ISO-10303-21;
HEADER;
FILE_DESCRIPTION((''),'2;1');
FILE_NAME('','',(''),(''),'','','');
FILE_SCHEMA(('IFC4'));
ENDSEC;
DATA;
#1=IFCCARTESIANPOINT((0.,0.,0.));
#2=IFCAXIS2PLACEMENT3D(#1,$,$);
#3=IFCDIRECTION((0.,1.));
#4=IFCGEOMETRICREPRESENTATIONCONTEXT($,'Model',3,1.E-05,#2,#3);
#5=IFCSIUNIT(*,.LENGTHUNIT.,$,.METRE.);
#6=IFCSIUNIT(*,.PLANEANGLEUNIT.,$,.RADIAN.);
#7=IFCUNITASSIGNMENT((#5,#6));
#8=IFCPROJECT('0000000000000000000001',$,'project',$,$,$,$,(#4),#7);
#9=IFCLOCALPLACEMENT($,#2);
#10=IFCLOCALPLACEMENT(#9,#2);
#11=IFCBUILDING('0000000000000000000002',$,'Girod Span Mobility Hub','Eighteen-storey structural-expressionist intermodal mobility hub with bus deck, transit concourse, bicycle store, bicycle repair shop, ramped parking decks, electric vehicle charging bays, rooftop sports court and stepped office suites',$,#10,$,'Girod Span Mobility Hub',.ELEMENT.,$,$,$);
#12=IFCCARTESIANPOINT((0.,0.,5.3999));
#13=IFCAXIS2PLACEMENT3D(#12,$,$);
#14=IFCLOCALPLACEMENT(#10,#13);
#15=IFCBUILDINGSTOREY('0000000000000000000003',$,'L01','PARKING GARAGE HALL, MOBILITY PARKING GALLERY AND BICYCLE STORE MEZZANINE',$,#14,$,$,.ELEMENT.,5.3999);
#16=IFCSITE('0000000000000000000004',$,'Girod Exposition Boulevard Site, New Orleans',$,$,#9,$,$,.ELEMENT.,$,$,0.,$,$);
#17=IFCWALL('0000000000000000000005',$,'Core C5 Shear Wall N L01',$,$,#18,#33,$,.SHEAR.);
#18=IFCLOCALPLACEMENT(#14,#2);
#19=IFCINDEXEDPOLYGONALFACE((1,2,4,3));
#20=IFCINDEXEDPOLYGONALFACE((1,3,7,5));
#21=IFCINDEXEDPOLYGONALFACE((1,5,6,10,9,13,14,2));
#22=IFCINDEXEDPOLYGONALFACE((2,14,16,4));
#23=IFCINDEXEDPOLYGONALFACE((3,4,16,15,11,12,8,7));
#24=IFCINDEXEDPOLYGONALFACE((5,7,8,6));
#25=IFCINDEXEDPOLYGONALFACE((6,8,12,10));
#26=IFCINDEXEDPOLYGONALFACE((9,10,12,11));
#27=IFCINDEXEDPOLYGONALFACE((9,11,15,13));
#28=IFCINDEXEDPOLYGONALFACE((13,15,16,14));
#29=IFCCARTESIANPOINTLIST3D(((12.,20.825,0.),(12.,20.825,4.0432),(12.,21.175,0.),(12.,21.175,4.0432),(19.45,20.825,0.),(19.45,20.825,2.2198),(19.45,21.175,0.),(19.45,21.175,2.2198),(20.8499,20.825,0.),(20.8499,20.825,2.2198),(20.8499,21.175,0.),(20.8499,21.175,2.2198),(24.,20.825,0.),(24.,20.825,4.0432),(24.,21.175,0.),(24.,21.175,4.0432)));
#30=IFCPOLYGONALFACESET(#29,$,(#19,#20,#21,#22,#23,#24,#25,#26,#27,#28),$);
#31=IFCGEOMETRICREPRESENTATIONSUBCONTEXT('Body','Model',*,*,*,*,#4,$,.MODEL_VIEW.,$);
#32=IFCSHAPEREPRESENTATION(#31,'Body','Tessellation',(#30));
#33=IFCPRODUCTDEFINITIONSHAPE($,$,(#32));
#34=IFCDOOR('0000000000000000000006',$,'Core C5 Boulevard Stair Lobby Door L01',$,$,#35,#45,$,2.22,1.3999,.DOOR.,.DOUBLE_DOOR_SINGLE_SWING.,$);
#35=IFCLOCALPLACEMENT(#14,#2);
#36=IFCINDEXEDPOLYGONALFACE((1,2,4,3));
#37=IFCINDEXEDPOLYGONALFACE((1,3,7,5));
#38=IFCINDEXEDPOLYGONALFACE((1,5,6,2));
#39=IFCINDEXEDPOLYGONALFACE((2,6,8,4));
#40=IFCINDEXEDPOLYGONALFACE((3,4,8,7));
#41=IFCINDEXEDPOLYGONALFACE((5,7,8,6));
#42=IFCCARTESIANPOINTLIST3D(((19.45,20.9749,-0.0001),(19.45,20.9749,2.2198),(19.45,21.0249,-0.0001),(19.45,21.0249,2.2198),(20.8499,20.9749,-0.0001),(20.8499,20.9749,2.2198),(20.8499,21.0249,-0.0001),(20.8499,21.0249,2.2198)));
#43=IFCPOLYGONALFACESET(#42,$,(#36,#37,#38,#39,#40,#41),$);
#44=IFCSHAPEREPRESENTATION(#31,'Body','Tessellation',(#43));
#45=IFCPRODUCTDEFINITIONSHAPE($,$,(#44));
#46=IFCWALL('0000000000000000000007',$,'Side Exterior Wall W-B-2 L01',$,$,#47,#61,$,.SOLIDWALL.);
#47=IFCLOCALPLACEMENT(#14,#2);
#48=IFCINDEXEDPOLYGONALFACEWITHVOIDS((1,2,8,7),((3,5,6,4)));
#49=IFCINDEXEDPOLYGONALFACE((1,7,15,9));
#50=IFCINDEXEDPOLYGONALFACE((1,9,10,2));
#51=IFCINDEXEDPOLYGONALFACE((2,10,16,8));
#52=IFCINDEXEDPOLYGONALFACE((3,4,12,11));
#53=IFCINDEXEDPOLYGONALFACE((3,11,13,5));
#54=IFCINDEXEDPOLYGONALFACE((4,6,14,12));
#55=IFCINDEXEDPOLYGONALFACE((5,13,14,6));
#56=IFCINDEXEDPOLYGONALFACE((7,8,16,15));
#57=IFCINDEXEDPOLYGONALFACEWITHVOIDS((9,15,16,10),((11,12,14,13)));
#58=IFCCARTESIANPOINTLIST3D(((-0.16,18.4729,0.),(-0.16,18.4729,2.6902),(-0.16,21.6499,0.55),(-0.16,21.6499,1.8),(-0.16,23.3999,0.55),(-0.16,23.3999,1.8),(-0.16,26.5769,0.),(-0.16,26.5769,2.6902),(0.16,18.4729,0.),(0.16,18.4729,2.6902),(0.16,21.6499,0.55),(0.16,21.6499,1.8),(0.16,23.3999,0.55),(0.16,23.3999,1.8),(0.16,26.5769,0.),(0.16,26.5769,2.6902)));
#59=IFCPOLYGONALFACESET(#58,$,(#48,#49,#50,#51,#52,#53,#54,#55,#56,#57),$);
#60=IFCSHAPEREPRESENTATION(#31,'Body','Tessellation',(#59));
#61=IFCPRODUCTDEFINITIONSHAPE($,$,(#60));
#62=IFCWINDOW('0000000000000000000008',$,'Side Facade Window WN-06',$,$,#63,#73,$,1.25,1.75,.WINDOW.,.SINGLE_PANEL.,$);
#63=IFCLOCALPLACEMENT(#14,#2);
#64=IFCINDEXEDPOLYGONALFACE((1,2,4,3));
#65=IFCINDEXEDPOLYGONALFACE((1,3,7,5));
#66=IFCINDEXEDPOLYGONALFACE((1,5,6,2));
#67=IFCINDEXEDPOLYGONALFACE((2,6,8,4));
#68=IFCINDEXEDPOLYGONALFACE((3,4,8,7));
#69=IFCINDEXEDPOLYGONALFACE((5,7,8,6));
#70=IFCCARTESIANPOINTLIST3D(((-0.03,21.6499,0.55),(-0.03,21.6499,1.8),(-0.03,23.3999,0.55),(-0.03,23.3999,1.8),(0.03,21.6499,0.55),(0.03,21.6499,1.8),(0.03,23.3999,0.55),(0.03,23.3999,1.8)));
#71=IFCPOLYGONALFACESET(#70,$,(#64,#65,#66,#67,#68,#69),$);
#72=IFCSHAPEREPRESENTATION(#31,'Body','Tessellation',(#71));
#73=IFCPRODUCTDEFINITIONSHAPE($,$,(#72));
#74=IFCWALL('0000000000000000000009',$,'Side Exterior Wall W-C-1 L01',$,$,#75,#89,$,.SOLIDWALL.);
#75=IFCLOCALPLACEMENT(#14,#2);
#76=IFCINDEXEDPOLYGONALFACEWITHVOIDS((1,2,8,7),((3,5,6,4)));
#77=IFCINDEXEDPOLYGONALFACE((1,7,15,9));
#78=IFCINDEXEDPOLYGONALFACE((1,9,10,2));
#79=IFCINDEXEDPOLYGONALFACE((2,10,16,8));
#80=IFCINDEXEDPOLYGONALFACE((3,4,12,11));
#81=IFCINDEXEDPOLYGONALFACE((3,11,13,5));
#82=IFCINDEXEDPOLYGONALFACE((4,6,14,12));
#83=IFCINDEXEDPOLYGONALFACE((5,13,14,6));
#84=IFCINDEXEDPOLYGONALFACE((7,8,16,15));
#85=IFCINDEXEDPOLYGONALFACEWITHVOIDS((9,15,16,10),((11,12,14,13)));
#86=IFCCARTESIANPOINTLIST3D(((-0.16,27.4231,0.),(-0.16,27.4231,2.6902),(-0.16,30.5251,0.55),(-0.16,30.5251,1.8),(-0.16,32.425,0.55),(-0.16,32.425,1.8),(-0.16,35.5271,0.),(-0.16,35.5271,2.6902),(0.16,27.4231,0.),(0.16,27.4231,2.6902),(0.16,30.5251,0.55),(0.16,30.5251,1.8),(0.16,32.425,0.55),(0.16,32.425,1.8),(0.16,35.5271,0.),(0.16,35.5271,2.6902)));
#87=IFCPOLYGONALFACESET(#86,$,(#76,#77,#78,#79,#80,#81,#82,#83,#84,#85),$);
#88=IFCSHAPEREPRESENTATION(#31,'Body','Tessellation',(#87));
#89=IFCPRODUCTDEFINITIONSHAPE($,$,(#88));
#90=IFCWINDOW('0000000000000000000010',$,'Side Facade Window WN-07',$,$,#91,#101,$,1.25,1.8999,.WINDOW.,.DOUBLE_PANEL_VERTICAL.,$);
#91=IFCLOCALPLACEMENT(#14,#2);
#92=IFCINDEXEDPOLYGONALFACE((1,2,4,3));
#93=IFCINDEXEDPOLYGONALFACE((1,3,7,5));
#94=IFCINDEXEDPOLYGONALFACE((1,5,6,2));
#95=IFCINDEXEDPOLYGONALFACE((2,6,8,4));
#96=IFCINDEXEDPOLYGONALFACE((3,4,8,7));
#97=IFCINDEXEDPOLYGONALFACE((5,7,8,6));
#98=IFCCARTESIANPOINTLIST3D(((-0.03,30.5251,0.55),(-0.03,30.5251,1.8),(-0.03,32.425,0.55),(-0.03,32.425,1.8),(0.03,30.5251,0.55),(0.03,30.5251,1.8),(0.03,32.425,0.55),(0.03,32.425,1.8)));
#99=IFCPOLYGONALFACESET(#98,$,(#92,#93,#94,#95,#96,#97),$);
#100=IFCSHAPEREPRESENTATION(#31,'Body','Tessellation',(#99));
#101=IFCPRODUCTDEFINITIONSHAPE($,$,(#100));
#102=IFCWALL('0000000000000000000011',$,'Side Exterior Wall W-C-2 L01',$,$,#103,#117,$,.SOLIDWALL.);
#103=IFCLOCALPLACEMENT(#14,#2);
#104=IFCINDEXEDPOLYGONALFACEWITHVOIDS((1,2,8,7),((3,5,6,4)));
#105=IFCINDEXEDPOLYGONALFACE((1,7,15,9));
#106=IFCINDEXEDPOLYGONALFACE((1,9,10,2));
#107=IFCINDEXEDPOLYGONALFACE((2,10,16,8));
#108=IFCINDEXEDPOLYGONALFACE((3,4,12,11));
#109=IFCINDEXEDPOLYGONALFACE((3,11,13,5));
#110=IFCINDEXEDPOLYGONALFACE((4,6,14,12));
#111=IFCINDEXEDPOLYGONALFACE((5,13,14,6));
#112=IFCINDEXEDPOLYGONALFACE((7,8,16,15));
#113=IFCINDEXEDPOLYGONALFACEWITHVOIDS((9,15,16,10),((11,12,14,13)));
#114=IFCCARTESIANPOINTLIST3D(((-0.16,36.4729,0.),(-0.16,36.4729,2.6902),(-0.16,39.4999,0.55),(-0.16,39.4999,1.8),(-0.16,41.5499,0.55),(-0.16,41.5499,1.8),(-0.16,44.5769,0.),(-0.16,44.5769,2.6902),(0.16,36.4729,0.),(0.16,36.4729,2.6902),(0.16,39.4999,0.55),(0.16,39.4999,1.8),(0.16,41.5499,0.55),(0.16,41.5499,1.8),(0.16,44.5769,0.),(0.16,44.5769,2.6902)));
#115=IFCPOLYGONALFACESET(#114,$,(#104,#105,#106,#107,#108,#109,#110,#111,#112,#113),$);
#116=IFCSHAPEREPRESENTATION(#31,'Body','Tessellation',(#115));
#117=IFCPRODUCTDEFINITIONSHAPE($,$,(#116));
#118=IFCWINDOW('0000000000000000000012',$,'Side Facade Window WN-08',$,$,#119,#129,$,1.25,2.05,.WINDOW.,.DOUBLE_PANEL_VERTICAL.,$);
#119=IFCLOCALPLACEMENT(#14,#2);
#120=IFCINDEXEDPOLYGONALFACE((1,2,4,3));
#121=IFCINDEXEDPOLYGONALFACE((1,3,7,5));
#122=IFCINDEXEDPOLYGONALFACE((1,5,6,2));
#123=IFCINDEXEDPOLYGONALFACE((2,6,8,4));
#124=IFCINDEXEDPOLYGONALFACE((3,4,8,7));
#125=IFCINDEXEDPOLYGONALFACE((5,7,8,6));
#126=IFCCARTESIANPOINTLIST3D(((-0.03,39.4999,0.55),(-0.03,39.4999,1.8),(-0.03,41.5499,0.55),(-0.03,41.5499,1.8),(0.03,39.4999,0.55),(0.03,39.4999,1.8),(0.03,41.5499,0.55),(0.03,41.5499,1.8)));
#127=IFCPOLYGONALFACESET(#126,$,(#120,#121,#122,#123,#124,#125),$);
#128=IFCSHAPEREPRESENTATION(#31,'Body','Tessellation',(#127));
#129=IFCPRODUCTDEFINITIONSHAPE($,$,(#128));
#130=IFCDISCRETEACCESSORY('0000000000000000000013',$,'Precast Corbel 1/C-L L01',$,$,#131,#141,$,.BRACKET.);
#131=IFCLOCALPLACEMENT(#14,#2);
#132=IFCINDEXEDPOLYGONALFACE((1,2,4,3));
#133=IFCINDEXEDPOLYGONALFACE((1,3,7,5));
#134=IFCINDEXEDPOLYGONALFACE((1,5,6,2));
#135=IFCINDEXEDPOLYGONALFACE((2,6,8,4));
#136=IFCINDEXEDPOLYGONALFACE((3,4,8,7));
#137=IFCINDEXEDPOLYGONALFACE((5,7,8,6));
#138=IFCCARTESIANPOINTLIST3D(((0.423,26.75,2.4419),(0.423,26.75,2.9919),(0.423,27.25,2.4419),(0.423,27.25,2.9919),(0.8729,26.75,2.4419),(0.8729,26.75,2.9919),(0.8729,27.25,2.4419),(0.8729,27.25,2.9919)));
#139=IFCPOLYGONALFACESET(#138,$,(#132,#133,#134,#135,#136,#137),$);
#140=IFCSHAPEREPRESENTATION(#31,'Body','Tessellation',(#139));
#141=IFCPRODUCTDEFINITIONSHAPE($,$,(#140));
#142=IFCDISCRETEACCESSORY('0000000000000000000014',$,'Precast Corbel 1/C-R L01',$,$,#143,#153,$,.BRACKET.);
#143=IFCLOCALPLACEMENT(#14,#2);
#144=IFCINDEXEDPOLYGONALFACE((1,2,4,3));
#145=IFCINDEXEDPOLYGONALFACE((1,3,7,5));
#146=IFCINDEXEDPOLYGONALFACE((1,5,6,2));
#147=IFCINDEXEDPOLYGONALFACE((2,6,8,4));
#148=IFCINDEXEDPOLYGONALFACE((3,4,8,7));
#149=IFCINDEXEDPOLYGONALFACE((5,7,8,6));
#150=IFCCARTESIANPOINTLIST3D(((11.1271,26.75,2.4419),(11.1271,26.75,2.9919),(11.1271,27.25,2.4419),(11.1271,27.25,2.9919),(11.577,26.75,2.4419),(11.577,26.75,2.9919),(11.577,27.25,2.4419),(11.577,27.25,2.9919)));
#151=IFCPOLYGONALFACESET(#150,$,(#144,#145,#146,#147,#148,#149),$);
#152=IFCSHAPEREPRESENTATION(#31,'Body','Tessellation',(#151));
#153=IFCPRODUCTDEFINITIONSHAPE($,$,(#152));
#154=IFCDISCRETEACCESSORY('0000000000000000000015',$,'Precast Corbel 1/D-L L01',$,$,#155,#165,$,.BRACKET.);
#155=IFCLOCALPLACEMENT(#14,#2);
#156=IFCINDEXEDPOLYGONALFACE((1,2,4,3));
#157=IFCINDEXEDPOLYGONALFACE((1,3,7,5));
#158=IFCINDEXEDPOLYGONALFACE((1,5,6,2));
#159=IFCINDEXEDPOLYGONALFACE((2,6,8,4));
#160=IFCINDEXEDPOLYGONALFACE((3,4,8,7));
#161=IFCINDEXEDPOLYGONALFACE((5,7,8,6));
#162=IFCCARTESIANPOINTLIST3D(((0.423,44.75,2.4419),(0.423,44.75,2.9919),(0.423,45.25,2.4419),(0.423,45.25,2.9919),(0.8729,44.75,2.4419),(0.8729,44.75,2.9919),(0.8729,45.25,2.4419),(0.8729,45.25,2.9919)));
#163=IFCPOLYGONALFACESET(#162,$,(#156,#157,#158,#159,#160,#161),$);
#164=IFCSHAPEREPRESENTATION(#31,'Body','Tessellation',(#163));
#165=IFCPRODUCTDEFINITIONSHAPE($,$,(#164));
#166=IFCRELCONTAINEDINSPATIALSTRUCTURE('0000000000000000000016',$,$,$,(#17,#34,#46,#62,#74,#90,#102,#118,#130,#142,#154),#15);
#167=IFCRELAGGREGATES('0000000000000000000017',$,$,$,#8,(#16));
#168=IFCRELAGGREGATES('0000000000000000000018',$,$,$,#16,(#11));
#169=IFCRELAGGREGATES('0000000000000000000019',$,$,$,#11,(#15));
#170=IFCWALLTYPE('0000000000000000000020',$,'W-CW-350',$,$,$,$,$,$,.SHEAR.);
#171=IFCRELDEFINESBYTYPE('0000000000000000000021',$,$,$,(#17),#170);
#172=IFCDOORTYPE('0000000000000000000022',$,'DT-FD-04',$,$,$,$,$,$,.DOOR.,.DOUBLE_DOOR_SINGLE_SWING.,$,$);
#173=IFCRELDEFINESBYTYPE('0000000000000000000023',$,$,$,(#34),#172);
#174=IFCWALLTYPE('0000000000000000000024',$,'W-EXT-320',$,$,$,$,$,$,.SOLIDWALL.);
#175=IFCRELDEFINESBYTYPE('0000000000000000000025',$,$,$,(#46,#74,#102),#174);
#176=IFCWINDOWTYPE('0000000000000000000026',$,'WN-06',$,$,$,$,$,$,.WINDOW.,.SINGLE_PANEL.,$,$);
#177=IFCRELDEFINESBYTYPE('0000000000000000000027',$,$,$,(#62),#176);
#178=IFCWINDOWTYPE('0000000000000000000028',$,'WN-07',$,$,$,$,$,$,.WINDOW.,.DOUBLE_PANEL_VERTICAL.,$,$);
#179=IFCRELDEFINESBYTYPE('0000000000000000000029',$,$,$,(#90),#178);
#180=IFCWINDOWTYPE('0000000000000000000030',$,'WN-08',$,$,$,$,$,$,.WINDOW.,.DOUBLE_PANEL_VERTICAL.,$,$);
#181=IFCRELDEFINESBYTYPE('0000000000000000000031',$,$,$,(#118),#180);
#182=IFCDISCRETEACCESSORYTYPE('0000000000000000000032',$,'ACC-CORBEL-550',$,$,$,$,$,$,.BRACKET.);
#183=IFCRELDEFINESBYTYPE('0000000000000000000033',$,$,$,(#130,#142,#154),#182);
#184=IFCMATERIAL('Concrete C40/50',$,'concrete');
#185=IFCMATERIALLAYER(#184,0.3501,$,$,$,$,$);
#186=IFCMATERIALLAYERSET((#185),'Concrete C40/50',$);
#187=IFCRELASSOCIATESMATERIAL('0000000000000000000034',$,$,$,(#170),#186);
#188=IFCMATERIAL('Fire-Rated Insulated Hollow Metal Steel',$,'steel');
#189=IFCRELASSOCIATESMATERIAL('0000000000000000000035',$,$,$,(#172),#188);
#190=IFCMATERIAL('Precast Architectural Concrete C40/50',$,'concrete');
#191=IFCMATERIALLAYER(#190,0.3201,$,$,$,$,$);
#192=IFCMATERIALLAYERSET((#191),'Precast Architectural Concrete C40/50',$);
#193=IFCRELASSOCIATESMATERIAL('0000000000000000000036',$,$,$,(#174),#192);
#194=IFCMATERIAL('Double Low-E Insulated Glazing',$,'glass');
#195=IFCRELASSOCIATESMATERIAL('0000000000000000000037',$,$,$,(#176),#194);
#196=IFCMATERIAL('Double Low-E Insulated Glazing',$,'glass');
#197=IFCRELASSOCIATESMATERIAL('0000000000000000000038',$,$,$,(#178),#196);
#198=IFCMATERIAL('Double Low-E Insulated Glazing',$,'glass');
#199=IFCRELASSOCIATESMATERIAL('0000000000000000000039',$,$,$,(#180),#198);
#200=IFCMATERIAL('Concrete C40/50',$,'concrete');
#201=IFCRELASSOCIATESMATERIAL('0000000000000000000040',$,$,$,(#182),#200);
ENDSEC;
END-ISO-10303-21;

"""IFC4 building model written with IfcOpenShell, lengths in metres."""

from ifc_helpers import new_model, si_unit, direction, frame, frame_2d, origin, origin_2d, place, context, subcontext, project, spatial, rectangle, extrude, material, layer, layer_set, type_object, element, fill, save


model = new_model("IFC4")

# Units and contexts
model_context = context("Model", 3, precision=1e-05, world=origin(), true_north=direction((0.0, 1.0)))
body_context = subcontext(model_context, "Body", "Model", "MODEL_VIEW")
ifc_project = project(units=[si_unit("LENGTHUNIT", "METRE"), si_unit("PLANEANGLEUNIT", "RADIAN")], contexts=[model_context])

# Site, building, storey
site_placement = place(None, origin())
site = spatial("IfcSite", under=ifc_project, at=site_placement, Name="Girod Exposition Boulevard Site, New Orleans", CompositionType="ELEMENT", RefElevation=0.0)
building_placement = place(site_placement, origin())
building = spatial("IfcBuilding", under=site, at=building_placement, Name="Girod Span Mobility Hub", Description="Eighteen-storey structural-expressionist intermodal mobility hub with bus deck, transit concourse, bicycle store, bicycle repair shop, ramped parking decks, electric vehicle charging bays, rooftop sports court and stepped office suites", LongName="Girod Span Mobility Hub", CompositionType="ELEMENT")
storey_placement = place(building_placement, frame((0.0, 0.0, 5.3999)))
storey = spatial("IfcBuildingStorey", under=building, at=storey_placement, Name="L01", Description="PARKING GARAGE HALL, MOBILITY PARKING GALLERY AND BICYCLE STORE MEZZANINE", CompositionType="ELEMENT", Elevation=5.3999)

# Wall, opening, door
ifc_material_1 = material(Name="Concrete C40/50", Category="concrete")
ifc_layer_1 = layer(ifc_material_1, 0.3501)
ifc_layer_set_1 = layer_set([ifc_layer_1], Name="Concrete C40/50")
wall_type_1 = type_object("IfcWallType", Name="W-CW-350", PredefinedType="SHEAR", material=ifc_layer_set_1)
wall_1_placement = place(storey_placement, frame((12.0, 21.0, 0.0), z_axis=(0.0, 0.0, 1.0), x_axis=(1.0, 0.0, 0.0)))
wall_1 = element("IfcWall", 1, at=wall_1_placement, inside=storey, type_object=wall_type_1, Name="Core C5 Shear Wall N L01", PredefinedType="SHEAR", context=body_context, shape_type="SweptSolid", body=[
    extrude(rectangle(XDim=12.0, YDim=0.3501, at=frame_2d((6.0, 0.0))), origin(), (0.0, 0.0, 1.0), 4.0432),
])
opening_1_placement = place(wall_1_placement, frame((7.45, 0.0, 0.0)))
opening_1 = element("IfcOpeningElement", 2, at=opening_1_placement, cuts=wall_1, PredefinedType="OPENING", context=body_context, shape_type="SweptSolid", body=[
    extrude(rectangle(XDim=1.3999, YDim=2.22, at=frame_2d((0.7, 1.1099))), frame((0.0, 0.1899, 0.0), z_axis=(0.0, -1.0, 0.0), x_axis=(1.0, 0.0, 0.0)), (0.0, 0.0, 1.0), 0.3801),
])
ifc_material_2 = material(Name="Fire-Rated Insulated Hollow Metal Steel", Category="steel")
door_type = type_object("IfcDoorType", Name="DT-FD-04", OperationType="DOUBLE_DOOR_SINGLE_SWING", PredefinedType="DOOR", material=ifc_material_2)
door_placement = place(opening_1_placement, origin())
door = element("IfcDoor", 3, at=door_placement, inside=storey, type_object=door_type, Name="Core C5 Boulevard Stair Lobby Door L01", OperationType="DOUBLE_DOOR_SINGLE_SWING", OverallHeight=2.22, OverallWidth=1.3999, PredefinedType="DOOR", context=body_context, shape_type="SweptSolid", body=[
    extrude(rectangle(XDim=1.3999, YDim=2.22, at=frame_2d((0.7, 1.1099))), frame((0.0, 0.0249, 0.0), z_axis=(0.0, -1.0, 0.0), x_axis=(1.0, 0.0, 0.0)), (0.0, 0.0, 1.0), 0.05),
])
fill(opening_1, door)

# Walls, openings, windows
ifc_material_3 = material(Name="Precast Architectural Concrete C40/50", Category="concrete")
ifc_layer_2 = layer(ifc_material_3, 0.3201)
ifc_layer_set_2 = layer_set([ifc_layer_2], Name="Precast Architectural Concrete C40/50")
wall_type_2 = type_object("IfcWallType", Name="W-EXT-320", PredefinedType="SOLIDWALL", material=ifc_layer_set_2)
wall_2_placement = place(storey_placement, frame((0.0, 18.4729, 0.0), z_axis=(0.0, 0.0, 1.0), x_axis=(0.0, 1.0, 0.0)))
wall_2 = element("IfcWall", 4, at=wall_2_placement, inside=storey, type_object=wall_type_2, Name="Side Exterior Wall W-B-2 L01", PredefinedType="SOLIDWALL", context=body_context, shape_type="SweptSolid", body=[
    extrude(rectangle(XDim=8.104, YDim=0.3201, at=frame_2d((4.052, 0.0))), origin(), (0.0, 0.0, 1.0), 2.6902),
])
opening_2_placement = place(wall_2_placement, frame((3.177, 0.0, 0.55)))
opening_2 = element("IfcOpeningElement", 5, at=opening_2_placement, cuts=wall_2, PredefinedType="OPENING", context=body_context, shape_type="SweptSolid", body=[
    extrude(rectangle(XDim=1.75, YDim=1.25, at=frame_2d((0.875, 0.625))), frame((0.0, 0.175, 0.0), z_axis=(0.0, -1.0, 0.0), x_axis=(1.0, 0.0, 0.0)), (0.0, 0.0, 1.0), 0.3501),
])
ifc_material_4 = material(Name="Double Low-E Insulated Glazing", Category="glass")
window_type_1 = type_object("IfcWindowType", Name="WN-06", PartitioningType="SINGLE_PANEL", PredefinedType="WINDOW", material=ifc_material_4)
window_1_placement = place(opening_2_placement, origin())
window_1 = element("IfcWindow", 6, at=window_1_placement, inside=storey, type_object=window_type_1, Name="Side Facade Window WN-06", OverallHeight=1.25, OverallWidth=1.75, PartitioningType="SINGLE_PANEL", PredefinedType="WINDOW", context=body_context, shape_type="SweptSolid", body=[
    extrude(rectangle(XDim=1.75, YDim=1.25, at=frame_2d((0.875, 0.625))), frame((0.0, 0.03, 0.0), z_axis=(0.0, -1.0, 0.0), x_axis=(1.0, 0.0, 0.0)), (0.0, 0.0, 1.0), 0.0601),
])
fill(opening_2, window_1)
wall_3_placement = place(storey_placement, frame((0.0, 27.4231, 0.0), z_axis=(0.0, 0.0, 1.0), x_axis=(0.0, 1.0, 0.0)))
wall_3 = element("IfcWall", 7, at=wall_3_placement, inside=storey, type_object=wall_type_2, Name="Side Exterior Wall W-C-1 L01", PredefinedType="SOLIDWALL", context=body_context, shape_type="SweptSolid", body=[
    extrude(rectangle(XDim=8.104, YDim=0.3201, at=frame_2d((4.052, 0.0))), origin(), (0.0, 0.0, 1.0), 2.6902),
])
opening_3_placement = place(wall_3_placement, frame((3.1021, 0.0, 0.55)))
opening_3 = element("IfcOpeningElement", 8, at=opening_3_placement, cuts=wall_3, PredefinedType="OPENING", context=body_context, shape_type="SweptSolid", body=[
    extrude(rectangle(XDim=1.8999, YDim=1.25, at=frame_2d((0.95, 0.625))), frame((0.0, 0.175, 0.0), z_axis=(0.0, -1.0, 0.0), x_axis=(1.0, 0.0, 0.0)), (0.0, 0.0, 1.0), 0.3501),
])
ifc_material_5 = material(Name="Double Low-E Insulated Glazing", Category="glass")
window_type_2 = type_object("IfcWindowType", Name="WN-07", PartitioningType="DOUBLE_PANEL_VERTICAL", PredefinedType="WINDOW", material=ifc_material_5)
window_2_placement = place(opening_3_placement, origin())
window_2 = element("IfcWindow", 9, at=window_2_placement, inside=storey, type_object=window_type_2, Name="Side Facade Window WN-07", OverallHeight=1.25, OverallWidth=1.8999, PartitioningType="DOUBLE_PANEL_VERTICAL", PredefinedType="WINDOW", context=body_context, shape_type="SweptSolid", body=[
    extrude(rectangle(XDim=1.8999, YDim=1.25, at=frame_2d((0.95, 0.625))), frame((0.0, 0.03, 0.0), z_axis=(0.0, -1.0, 0.0), x_axis=(1.0, 0.0, 0.0)), (0.0, 0.0, 1.0), 0.0601),
])
fill(opening_3, window_2)
wall_4_placement = place(storey_placement, frame((0.0, 36.4729, 0.0), z_axis=(0.0, 0.0, 1.0), x_axis=(0.0, 1.0, 0.0)))
wall_4 = element("IfcWall", 10, at=wall_4_placement, inside=storey, type_object=wall_type_2, Name="Side Exterior Wall W-C-2 L01", PredefinedType="SOLIDWALL", context=body_context, shape_type="SweptSolid", body=[
    extrude(rectangle(XDim=8.104, YDim=0.3201, at=frame_2d((4.052, 0.0))), origin(), (0.0, 0.0, 1.0), 2.6902),
])
opening_4_placement = place(wall_4_placement, frame((3.0271, 0.0, 0.55)))
opening_4 = element("IfcOpeningElement", 11, at=opening_4_placement, cuts=wall_4, PredefinedType="OPENING", context=body_context, shape_type="SweptSolid", body=[
    extrude(rectangle(XDim=2.05, YDim=1.25, at=frame_2d((1.0249, 0.625))), frame((0.0, 0.175, 0.0), z_axis=(0.0, -1.0, 0.0), x_axis=(1.0, 0.0, 0.0)), (0.0, 0.0, 1.0), 0.3501),
])
ifc_material_6 = material(Name="Double Low-E Insulated Glazing", Category="glass")
window_type_3 = type_object("IfcWindowType", Name="WN-08", PartitioningType="DOUBLE_PANEL_VERTICAL", PredefinedType="WINDOW", material=ifc_material_6)
window_3_placement = place(opening_4_placement, origin())
window_3 = element("IfcWindow", 12, at=window_3_placement, inside=storey, type_object=window_type_3, Name="Side Facade Window WN-08", OverallHeight=1.25, OverallWidth=2.05, PartitioningType="DOUBLE_PANEL_VERTICAL", PredefinedType="WINDOW", context=body_context, shape_type="SweptSolid", body=[
    extrude(rectangle(XDim=2.05, YDim=1.25, at=frame_2d((1.0249, 0.625))), frame((0.0, 0.03, 0.0), z_axis=(0.0, -1.0, 0.0), x_axis=(1.0, 0.0, 0.0)), (0.0, 0.0, 1.0), 0.0601),
])
fill(opening_4, window_3)

# Discrete accessories
ifc_material_7 = material(Name="Concrete C40/50", Category="concrete")
discrete_accessory_type = type_object("IfcDiscreteAccessoryType", Name="ACC-CORBEL-550", PredefinedType="BRACKET", material=ifc_material_7)
for number, where, z_axis, x_axis, name in (
    (13, (0.6479, 27.0, 2.4419), (0.0, 0.0, 1.0), (1.0, 0.0, 0.0), "Precast Corbel 1/C-L L01"),
    (14, (11.3521, 27.0, 2.4419), (0.0, 0.0, 1.0), (1.0, 0.0, 0.0), "Precast Corbel 1/C-R L01"),
    (15, (0.6479, 45.0, 2.4419), (0.0, 0.0, 1.0), (1.0, 0.0, 0.0), "Precast Corbel 1/D-L L01"),
):
    element("IfcDiscreteAccessory", number, at=place(storey_placement, frame(where, z_axis=z_axis, x_axis=x_axis)), inside=storey, type_object=discrete_accessory_type, Name=name, PredefinedType="BRACKET", context=body_context, shape_type="SweptSolid", body=[
        extrude(rectangle(XDim=0.45, YDim=0.5, at=origin_2d()), origin(), (0.0, 0.0, 1.0), 0.55),
    ])

save(model, "model.ifc")
